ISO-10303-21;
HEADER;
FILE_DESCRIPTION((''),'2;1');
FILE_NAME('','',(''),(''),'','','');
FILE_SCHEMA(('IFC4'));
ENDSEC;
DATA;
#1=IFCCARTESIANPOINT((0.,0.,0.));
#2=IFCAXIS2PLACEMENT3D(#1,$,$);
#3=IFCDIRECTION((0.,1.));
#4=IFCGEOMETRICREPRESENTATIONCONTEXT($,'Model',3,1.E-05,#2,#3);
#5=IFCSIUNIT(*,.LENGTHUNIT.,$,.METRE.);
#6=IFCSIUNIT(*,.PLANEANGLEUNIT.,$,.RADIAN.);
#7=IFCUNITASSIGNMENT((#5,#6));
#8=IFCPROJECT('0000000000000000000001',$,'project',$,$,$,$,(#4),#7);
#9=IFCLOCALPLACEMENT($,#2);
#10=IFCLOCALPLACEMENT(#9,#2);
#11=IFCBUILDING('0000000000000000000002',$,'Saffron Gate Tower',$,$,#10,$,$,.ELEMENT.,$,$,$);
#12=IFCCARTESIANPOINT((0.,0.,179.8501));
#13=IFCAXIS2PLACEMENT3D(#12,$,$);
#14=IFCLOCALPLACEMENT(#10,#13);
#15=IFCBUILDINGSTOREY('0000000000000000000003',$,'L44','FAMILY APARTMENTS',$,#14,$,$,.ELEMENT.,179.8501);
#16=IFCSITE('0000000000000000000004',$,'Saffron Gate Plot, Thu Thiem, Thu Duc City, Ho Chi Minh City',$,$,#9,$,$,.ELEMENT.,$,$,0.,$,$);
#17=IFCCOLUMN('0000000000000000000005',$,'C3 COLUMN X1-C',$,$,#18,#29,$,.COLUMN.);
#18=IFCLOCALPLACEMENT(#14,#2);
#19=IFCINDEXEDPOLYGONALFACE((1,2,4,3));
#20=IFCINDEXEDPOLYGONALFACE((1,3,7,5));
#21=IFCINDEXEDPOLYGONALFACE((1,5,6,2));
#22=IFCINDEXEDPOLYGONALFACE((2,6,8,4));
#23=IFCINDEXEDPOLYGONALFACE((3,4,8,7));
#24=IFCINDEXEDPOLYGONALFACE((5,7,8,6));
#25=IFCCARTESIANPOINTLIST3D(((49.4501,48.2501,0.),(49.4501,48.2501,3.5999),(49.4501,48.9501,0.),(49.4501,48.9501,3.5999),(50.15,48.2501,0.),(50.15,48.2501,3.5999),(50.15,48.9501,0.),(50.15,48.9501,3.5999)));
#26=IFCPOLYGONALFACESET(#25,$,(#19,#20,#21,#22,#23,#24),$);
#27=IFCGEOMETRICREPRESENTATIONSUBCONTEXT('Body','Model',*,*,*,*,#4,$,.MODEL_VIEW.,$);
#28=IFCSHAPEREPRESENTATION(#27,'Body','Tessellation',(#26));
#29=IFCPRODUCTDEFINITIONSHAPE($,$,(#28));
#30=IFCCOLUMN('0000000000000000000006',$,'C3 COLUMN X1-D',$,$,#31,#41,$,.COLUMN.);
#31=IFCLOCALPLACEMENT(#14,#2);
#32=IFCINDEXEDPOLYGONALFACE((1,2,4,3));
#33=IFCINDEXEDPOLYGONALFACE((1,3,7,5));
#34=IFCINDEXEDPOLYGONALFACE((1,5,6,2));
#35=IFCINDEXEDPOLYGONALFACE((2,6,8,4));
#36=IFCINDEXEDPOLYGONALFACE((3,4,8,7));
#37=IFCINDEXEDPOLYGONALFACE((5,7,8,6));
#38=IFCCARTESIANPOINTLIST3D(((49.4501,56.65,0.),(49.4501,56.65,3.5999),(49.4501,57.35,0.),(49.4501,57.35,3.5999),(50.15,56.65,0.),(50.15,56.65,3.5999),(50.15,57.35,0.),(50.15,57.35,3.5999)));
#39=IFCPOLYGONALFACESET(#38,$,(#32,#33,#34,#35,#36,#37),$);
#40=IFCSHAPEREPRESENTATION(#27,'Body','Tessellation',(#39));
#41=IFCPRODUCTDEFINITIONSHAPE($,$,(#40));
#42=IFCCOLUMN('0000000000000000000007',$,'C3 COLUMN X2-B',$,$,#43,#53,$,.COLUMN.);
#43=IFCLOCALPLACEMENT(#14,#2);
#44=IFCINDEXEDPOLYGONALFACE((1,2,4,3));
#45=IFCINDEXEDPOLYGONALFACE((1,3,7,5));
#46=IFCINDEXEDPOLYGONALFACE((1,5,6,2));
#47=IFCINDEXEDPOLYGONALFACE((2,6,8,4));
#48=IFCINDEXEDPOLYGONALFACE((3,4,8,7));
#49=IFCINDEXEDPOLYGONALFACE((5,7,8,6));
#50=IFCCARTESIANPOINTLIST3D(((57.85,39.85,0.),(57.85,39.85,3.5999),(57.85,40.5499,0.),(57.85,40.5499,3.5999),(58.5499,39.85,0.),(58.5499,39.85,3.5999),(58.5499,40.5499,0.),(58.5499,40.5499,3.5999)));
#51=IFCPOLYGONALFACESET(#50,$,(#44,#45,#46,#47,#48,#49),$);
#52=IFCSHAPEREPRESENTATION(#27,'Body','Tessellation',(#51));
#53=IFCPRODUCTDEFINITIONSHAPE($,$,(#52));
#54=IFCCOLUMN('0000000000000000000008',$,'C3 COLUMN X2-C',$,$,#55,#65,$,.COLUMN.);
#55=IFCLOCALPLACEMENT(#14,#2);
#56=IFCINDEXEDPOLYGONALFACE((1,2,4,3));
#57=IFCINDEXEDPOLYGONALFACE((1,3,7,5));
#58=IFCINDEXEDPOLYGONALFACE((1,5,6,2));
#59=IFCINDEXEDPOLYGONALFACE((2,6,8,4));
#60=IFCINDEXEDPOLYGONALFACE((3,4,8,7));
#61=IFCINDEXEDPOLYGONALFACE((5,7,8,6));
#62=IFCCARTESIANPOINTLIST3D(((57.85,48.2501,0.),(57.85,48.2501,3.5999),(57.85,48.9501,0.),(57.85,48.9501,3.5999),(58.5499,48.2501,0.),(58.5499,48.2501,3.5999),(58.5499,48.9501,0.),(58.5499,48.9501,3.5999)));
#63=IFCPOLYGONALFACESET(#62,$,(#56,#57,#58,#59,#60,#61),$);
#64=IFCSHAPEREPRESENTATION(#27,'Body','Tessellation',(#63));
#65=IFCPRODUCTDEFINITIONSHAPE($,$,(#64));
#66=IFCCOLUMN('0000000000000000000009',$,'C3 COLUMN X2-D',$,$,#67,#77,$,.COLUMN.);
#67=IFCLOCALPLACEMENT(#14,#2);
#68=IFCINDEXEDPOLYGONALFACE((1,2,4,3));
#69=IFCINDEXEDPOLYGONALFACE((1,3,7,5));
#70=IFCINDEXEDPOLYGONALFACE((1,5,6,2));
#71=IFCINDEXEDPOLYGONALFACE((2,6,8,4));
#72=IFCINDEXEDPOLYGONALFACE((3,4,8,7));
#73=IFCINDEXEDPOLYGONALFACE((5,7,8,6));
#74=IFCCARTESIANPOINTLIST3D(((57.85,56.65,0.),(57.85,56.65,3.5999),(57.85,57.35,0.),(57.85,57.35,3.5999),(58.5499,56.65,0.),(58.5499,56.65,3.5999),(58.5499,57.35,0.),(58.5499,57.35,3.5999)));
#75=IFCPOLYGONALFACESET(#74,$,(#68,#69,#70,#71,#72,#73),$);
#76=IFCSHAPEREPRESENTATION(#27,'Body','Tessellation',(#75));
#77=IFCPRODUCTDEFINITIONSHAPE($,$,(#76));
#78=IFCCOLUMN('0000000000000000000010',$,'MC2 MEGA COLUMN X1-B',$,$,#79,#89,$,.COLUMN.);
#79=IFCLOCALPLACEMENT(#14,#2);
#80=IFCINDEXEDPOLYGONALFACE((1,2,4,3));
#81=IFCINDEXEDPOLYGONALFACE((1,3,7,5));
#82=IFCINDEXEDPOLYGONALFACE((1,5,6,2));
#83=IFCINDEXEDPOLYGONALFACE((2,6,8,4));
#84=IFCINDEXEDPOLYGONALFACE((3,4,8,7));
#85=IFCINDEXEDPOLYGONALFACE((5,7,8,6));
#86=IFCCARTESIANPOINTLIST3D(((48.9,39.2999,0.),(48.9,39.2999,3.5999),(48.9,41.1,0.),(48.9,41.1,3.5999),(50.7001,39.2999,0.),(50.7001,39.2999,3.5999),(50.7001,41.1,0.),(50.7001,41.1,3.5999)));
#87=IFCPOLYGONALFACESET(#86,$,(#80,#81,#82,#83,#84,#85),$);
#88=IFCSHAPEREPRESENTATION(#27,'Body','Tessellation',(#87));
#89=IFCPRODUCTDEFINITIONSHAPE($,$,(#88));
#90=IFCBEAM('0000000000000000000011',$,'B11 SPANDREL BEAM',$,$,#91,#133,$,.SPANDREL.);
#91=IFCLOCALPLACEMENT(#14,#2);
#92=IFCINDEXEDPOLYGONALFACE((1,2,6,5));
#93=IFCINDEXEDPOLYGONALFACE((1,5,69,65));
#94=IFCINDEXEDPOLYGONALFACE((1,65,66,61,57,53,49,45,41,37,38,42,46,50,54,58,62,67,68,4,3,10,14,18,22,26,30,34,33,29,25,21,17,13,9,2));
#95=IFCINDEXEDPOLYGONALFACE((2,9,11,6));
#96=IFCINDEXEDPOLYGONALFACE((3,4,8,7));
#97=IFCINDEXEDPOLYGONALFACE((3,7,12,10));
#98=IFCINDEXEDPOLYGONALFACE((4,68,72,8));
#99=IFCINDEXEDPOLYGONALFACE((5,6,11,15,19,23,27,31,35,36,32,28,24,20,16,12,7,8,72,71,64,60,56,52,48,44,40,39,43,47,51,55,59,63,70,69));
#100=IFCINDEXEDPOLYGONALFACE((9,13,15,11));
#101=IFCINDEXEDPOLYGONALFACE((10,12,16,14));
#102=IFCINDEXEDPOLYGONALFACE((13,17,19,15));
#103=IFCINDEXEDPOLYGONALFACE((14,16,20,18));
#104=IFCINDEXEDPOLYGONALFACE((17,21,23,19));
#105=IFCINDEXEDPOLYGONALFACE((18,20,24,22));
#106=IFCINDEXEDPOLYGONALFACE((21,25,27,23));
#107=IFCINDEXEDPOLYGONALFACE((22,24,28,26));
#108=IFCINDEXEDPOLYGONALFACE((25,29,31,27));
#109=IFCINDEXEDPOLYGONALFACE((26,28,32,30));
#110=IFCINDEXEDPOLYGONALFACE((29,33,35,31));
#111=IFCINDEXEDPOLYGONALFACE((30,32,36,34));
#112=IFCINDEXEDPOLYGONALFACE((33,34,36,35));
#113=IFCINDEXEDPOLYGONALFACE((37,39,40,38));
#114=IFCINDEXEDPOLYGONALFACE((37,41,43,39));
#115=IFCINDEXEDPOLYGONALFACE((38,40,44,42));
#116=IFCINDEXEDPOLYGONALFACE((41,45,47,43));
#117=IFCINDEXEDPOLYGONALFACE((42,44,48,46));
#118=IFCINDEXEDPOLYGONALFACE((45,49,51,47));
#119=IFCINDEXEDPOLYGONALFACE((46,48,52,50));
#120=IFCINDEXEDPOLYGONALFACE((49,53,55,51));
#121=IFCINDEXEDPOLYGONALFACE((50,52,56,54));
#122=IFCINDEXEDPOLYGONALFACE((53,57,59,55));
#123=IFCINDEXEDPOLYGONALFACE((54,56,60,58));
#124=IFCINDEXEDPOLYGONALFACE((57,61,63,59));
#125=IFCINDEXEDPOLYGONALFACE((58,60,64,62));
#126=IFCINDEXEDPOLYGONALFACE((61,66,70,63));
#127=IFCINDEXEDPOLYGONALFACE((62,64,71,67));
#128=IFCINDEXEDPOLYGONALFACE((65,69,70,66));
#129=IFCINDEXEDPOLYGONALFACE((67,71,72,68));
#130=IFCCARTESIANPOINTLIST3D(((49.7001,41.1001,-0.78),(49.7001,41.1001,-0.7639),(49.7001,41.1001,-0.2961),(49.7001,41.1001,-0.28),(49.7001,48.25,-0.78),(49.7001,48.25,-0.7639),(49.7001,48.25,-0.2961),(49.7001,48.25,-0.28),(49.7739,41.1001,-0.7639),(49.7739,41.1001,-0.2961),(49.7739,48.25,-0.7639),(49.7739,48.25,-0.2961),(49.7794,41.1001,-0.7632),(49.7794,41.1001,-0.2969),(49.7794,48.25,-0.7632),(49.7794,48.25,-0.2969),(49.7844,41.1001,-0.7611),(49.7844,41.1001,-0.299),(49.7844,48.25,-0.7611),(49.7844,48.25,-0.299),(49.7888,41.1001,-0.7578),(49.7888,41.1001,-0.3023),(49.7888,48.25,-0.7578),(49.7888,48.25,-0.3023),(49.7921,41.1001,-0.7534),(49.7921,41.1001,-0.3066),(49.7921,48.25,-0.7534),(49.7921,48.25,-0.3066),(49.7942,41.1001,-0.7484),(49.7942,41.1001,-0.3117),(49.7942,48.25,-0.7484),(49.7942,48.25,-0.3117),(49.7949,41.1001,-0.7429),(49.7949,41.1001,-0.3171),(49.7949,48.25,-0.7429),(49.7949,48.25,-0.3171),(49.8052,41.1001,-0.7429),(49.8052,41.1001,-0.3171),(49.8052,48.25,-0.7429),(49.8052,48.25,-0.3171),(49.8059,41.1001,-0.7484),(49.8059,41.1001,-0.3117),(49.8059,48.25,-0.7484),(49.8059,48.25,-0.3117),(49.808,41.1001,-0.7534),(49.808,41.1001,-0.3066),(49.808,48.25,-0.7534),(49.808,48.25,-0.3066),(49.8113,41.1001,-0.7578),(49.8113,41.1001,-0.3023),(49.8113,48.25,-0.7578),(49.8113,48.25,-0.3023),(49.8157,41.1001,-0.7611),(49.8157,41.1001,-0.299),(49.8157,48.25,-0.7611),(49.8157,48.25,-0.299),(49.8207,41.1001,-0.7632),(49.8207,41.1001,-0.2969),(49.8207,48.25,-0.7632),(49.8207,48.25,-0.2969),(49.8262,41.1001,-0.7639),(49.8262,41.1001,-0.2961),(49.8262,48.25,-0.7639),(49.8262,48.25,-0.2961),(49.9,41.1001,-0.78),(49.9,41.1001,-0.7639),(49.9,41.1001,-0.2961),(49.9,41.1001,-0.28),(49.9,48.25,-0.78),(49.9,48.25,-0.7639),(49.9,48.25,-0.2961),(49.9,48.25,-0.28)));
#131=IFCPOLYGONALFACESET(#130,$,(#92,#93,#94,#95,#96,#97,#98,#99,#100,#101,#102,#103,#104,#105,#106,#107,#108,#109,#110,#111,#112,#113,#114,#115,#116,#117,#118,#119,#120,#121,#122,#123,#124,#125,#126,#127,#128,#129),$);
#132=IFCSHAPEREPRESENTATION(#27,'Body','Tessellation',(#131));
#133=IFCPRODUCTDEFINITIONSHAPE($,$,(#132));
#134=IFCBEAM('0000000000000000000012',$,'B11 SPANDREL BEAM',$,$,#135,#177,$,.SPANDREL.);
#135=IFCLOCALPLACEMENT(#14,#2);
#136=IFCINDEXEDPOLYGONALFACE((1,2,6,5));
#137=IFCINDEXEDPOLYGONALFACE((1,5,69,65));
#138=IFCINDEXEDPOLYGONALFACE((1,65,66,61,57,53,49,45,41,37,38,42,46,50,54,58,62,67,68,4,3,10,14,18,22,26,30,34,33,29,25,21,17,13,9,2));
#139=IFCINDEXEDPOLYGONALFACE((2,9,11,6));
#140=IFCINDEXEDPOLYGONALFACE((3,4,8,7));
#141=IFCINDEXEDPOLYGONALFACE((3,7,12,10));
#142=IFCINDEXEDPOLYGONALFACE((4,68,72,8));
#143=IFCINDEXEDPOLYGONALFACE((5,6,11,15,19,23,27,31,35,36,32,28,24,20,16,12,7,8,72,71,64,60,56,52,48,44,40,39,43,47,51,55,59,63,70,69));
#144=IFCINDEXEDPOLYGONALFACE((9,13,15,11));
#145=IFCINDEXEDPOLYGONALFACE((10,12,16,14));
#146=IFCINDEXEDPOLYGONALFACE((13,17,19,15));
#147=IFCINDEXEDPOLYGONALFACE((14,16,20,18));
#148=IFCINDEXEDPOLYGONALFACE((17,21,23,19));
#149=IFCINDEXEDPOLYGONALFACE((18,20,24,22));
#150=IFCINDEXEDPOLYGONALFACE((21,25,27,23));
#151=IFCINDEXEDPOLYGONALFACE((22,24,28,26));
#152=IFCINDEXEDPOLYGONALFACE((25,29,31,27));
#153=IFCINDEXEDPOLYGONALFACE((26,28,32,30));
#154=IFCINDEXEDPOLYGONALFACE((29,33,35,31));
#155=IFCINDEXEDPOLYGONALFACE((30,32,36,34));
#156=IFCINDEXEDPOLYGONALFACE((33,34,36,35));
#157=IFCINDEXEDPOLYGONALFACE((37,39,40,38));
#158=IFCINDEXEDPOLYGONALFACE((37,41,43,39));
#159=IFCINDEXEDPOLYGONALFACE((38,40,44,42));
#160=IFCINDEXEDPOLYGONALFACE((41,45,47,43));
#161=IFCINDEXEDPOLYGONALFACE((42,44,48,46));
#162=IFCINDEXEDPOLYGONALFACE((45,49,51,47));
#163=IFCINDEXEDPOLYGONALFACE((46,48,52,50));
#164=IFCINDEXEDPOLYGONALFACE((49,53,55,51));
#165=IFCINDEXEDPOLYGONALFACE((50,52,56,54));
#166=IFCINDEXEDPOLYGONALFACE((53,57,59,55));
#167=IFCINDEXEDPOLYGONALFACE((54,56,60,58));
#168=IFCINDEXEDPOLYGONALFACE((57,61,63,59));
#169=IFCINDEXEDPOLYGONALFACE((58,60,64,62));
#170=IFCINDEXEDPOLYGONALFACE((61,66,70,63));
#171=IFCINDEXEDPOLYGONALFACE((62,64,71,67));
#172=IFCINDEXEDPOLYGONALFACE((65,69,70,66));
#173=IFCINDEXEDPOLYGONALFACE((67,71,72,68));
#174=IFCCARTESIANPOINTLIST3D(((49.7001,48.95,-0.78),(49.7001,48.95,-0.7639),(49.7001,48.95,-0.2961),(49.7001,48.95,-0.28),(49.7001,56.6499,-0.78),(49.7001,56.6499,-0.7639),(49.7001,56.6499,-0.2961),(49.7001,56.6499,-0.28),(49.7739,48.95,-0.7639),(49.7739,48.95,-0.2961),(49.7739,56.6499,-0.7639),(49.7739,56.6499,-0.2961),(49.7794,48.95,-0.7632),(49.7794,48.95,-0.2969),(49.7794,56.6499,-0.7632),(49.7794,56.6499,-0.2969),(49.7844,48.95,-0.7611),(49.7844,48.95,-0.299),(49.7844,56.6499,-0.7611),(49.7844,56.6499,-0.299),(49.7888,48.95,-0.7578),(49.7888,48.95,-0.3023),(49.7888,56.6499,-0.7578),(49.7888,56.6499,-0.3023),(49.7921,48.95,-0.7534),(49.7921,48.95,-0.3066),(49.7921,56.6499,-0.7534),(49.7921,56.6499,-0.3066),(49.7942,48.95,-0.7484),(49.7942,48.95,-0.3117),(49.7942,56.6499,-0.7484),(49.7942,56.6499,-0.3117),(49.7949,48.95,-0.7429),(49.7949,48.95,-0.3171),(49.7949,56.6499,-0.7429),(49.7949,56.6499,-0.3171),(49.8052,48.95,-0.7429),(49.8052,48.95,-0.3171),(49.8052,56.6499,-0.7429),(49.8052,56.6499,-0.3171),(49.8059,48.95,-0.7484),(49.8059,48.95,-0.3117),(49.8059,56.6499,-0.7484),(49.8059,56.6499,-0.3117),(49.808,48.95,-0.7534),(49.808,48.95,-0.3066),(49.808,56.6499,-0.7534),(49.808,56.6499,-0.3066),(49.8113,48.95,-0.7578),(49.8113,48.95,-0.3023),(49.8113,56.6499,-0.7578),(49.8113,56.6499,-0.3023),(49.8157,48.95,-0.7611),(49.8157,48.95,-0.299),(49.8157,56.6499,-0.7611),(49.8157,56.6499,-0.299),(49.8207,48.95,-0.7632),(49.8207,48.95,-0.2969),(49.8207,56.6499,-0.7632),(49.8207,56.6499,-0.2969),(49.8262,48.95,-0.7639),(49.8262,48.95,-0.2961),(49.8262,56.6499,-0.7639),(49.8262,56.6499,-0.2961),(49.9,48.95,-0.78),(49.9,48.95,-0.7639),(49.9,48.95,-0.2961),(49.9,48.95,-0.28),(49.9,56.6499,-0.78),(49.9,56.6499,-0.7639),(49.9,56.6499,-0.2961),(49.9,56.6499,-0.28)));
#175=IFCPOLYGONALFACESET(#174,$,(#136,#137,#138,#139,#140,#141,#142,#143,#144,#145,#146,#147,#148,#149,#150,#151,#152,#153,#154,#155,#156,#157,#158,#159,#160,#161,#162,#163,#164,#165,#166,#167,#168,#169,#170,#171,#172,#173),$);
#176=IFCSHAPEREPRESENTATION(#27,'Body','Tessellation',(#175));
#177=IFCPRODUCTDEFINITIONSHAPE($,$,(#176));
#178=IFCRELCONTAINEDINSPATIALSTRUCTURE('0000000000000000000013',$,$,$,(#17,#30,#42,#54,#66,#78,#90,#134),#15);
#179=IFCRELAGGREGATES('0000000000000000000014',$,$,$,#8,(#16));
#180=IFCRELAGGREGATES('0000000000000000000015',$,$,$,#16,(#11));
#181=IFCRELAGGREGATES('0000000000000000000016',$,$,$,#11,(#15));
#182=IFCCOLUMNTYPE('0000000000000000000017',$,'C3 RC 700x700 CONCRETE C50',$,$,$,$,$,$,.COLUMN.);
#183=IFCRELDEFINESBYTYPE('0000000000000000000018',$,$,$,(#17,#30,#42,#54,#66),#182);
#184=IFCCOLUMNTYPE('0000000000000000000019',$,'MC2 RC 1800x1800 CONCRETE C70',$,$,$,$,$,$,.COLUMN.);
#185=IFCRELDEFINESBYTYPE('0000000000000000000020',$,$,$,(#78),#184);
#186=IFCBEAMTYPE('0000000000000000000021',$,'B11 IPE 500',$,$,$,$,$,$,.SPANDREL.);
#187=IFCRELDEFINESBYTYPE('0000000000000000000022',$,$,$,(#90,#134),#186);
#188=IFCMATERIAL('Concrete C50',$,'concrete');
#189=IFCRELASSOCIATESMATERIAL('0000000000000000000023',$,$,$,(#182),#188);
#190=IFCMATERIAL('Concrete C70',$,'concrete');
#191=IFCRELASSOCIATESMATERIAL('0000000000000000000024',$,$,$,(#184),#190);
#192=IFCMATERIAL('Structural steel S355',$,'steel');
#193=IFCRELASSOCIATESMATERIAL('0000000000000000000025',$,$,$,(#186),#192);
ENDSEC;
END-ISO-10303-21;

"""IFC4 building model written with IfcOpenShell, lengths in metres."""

from ifc_helpers import new_model, si_unit, direction, frame, origin, origin_2d, place, context, subcontext, project, spatial, rectangle, i_section, extrude, material, material_profile, profile_set, type_object, element, save


model = new_model("IFC4")

# Units and contexts
model_context = context("Model", 3, precision=1e-05, world=origin(), true_north=direction((0.0, 1.0)))
body_context = subcontext(model_context, "Body", "Model", "MODEL_VIEW")
ifc_project = project(units=[si_unit("LENGTHUNIT", "METRE"), si_unit("PLANEANGLEUNIT", "RADIAN")], contexts=[model_context])

# Site, building, storey
site_placement = place(None, origin())
site = spatial("IfcSite", under=ifc_project, at=site_placement, Name="Saffron Gate Plot, Thu Thiem, Thu Duc City, Ho Chi Minh City", CompositionType="ELEMENT", RefElevation=0.0)
building_placement = place(site_placement, origin())
building = spatial("IfcBuilding", under=site, at=building_placement, Name="Saffron Gate Tower", CompositionType="ELEMENT")
storey_placement = place(building_placement, frame((0.0, 0.0, 179.8501)))
storey = spatial("IfcBuildingStorey", under=building, at=storey_placement, Name="L44", Description="FAMILY APARTMENTS", CompositionType="ELEMENT", Elevation=179.8501)

# Columns
ifc_material_1 = material(Name="Concrete C50", Category="concrete")
ifc_material_profile_1 = material_profile(ifc_material_1, rectangle(XDim=0.7, YDim=0.7, at=origin_2d()))
ifc_profile_set_1 = profile_set([ifc_material_profile_1], Name="Concrete C50")
column_type_1 = type_object("IfcColumnType", Name="C3 RC 700x700 CONCRETE C50", PredefinedType="COLUMN", material=ifc_profile_set_1)
for number, where, z_axis, x_axis, name in (
    (1, (49.8, 48.6001, 0.0), (0.0, 0.0, 1.0), (1.0, 0.0, 0.0), "C3 COLUMN X1-C"),
    (2, (49.8, 57.0, 0.0), (0.0, 0.0, 1.0), (1.0, 0.0, 0.0), "C3 COLUMN X1-D"),
    (3, (58.2, 40.2, 0.0), (0.0, 0.0, 1.0), (1.0, 0.0, 0.0), "C3 COLUMN X2-B"),
    (4, (58.2, 48.6001, 0.0), (0.0, 0.0, 1.0), (1.0, 0.0, 0.0), "C3 COLUMN X2-C"),
    (5, (58.2, 57.0, 0.0), (0.0, 0.0, 1.0), (1.0, 0.0, 0.0), "C3 COLUMN X2-D"),
):
    element("IfcColumn", number, at=place(storey_placement, frame(where, z_axis=z_axis, x_axis=x_axis)), inside=storey, type_object=column_type_1, Name=name, PredefinedType="COLUMN", context=body_context, shape_type="SweptSolid", body=[
        extrude(rectangle(XDim=0.7, YDim=0.7, at=origin_2d()), origin(), (0.0, 0.0, 1.0), 3.5999),
    ])
ifc_material_2 = material(Name="Concrete C70", Category="concrete")
ifc_material_profile_2 = material_profile(ifc_material_2, rectangle(XDim=1.8, YDim=1.8, at=origin_2d()))
ifc_profile_set_2 = profile_set([ifc_material_profile_2], Name="Concrete C70")
column_type_2 = type_object("IfcColumnType", Name="MC2 RC 1800x1800 CONCRETE C70", PredefinedType="COLUMN", material=ifc_profile_set_2)
column_placement = place(storey_placement, frame((49.8, 40.2, 0.0), z_axis=(0.0, 0.0, 1.0), x_axis=(1.0, 0.0, 0.0)))
element("IfcColumn", 6, at=column_placement, inside=storey, type_object=column_type_2, Name="MC2 MEGA COLUMN X1-B", PredefinedType="COLUMN", context=body_context, shape_type="SweptSolid", body=[
    extrude(rectangle(XDim=1.8, YDim=1.8, at=origin_2d()), origin(), (0.0, 0.0, 1.0), 3.5999),
])

# Beams
ifc_material_3 = material(Name="Structural steel S355", Category="steel")
ifc_material_profile_3 = material_profile(ifc_material_3, i_section(OverallWidth=0.2, OverallDepth=0.5, WebThickness=0.0103, FlangeThickness=0.0161, FilletRadius=0.021, at=origin_2d()))
ifc_profile_set_3 = profile_set([ifc_material_profile_3], Name="Structural steel S355")
beam_type = type_object("IfcBeamType", Name="B11 IPE 500", PredefinedType="SPANDREL", material=ifc_profile_set_3)
beam_1_placement = place(storey_placement, frame((49.8, 41.1001, -0.53), z_axis=(0.0, 1.0, 0.0), x_axis=(-1.0, 0.0, 0.0)))
element("IfcBeam", 7, at=beam_1_placement, inside=storey, type_object=beam_type, Name="B11 SPANDREL BEAM", PredefinedType="SPANDREL", context=body_context, shape_type="SweptSolid", body=[
    extrude(i_section(OverallWidth=0.2, OverallDepth=0.5, WebThickness=0.0103, FlangeThickness=0.0161, FilletRadius=0.021, at=origin_2d()), origin(), (0.0, 0.0, 1.0), 7.1499),
])
beam_2_placement = place(storey_placement, frame((49.8, 48.95, -0.53), z_axis=(0.0, 1.0, 0.0), x_axis=(-1.0, 0.0, 0.0)))
element("IfcBeam", 8, at=beam_2_placement, inside=storey, type_object=beam_type, Name="B11 SPANDREL BEAM", PredefinedType="SPANDREL", context=body_context, shape_type="SweptSolid", body=[
    extrude(i_section(OverallWidth=0.2, OverallDepth=0.5, WebThickness=0.0103, FlangeThickness=0.0161, FilletRadius=0.021, at=origin_2d()), origin(), (0.0, 0.0, 1.0), 7.7),
])

save(model, "model.ifc")
